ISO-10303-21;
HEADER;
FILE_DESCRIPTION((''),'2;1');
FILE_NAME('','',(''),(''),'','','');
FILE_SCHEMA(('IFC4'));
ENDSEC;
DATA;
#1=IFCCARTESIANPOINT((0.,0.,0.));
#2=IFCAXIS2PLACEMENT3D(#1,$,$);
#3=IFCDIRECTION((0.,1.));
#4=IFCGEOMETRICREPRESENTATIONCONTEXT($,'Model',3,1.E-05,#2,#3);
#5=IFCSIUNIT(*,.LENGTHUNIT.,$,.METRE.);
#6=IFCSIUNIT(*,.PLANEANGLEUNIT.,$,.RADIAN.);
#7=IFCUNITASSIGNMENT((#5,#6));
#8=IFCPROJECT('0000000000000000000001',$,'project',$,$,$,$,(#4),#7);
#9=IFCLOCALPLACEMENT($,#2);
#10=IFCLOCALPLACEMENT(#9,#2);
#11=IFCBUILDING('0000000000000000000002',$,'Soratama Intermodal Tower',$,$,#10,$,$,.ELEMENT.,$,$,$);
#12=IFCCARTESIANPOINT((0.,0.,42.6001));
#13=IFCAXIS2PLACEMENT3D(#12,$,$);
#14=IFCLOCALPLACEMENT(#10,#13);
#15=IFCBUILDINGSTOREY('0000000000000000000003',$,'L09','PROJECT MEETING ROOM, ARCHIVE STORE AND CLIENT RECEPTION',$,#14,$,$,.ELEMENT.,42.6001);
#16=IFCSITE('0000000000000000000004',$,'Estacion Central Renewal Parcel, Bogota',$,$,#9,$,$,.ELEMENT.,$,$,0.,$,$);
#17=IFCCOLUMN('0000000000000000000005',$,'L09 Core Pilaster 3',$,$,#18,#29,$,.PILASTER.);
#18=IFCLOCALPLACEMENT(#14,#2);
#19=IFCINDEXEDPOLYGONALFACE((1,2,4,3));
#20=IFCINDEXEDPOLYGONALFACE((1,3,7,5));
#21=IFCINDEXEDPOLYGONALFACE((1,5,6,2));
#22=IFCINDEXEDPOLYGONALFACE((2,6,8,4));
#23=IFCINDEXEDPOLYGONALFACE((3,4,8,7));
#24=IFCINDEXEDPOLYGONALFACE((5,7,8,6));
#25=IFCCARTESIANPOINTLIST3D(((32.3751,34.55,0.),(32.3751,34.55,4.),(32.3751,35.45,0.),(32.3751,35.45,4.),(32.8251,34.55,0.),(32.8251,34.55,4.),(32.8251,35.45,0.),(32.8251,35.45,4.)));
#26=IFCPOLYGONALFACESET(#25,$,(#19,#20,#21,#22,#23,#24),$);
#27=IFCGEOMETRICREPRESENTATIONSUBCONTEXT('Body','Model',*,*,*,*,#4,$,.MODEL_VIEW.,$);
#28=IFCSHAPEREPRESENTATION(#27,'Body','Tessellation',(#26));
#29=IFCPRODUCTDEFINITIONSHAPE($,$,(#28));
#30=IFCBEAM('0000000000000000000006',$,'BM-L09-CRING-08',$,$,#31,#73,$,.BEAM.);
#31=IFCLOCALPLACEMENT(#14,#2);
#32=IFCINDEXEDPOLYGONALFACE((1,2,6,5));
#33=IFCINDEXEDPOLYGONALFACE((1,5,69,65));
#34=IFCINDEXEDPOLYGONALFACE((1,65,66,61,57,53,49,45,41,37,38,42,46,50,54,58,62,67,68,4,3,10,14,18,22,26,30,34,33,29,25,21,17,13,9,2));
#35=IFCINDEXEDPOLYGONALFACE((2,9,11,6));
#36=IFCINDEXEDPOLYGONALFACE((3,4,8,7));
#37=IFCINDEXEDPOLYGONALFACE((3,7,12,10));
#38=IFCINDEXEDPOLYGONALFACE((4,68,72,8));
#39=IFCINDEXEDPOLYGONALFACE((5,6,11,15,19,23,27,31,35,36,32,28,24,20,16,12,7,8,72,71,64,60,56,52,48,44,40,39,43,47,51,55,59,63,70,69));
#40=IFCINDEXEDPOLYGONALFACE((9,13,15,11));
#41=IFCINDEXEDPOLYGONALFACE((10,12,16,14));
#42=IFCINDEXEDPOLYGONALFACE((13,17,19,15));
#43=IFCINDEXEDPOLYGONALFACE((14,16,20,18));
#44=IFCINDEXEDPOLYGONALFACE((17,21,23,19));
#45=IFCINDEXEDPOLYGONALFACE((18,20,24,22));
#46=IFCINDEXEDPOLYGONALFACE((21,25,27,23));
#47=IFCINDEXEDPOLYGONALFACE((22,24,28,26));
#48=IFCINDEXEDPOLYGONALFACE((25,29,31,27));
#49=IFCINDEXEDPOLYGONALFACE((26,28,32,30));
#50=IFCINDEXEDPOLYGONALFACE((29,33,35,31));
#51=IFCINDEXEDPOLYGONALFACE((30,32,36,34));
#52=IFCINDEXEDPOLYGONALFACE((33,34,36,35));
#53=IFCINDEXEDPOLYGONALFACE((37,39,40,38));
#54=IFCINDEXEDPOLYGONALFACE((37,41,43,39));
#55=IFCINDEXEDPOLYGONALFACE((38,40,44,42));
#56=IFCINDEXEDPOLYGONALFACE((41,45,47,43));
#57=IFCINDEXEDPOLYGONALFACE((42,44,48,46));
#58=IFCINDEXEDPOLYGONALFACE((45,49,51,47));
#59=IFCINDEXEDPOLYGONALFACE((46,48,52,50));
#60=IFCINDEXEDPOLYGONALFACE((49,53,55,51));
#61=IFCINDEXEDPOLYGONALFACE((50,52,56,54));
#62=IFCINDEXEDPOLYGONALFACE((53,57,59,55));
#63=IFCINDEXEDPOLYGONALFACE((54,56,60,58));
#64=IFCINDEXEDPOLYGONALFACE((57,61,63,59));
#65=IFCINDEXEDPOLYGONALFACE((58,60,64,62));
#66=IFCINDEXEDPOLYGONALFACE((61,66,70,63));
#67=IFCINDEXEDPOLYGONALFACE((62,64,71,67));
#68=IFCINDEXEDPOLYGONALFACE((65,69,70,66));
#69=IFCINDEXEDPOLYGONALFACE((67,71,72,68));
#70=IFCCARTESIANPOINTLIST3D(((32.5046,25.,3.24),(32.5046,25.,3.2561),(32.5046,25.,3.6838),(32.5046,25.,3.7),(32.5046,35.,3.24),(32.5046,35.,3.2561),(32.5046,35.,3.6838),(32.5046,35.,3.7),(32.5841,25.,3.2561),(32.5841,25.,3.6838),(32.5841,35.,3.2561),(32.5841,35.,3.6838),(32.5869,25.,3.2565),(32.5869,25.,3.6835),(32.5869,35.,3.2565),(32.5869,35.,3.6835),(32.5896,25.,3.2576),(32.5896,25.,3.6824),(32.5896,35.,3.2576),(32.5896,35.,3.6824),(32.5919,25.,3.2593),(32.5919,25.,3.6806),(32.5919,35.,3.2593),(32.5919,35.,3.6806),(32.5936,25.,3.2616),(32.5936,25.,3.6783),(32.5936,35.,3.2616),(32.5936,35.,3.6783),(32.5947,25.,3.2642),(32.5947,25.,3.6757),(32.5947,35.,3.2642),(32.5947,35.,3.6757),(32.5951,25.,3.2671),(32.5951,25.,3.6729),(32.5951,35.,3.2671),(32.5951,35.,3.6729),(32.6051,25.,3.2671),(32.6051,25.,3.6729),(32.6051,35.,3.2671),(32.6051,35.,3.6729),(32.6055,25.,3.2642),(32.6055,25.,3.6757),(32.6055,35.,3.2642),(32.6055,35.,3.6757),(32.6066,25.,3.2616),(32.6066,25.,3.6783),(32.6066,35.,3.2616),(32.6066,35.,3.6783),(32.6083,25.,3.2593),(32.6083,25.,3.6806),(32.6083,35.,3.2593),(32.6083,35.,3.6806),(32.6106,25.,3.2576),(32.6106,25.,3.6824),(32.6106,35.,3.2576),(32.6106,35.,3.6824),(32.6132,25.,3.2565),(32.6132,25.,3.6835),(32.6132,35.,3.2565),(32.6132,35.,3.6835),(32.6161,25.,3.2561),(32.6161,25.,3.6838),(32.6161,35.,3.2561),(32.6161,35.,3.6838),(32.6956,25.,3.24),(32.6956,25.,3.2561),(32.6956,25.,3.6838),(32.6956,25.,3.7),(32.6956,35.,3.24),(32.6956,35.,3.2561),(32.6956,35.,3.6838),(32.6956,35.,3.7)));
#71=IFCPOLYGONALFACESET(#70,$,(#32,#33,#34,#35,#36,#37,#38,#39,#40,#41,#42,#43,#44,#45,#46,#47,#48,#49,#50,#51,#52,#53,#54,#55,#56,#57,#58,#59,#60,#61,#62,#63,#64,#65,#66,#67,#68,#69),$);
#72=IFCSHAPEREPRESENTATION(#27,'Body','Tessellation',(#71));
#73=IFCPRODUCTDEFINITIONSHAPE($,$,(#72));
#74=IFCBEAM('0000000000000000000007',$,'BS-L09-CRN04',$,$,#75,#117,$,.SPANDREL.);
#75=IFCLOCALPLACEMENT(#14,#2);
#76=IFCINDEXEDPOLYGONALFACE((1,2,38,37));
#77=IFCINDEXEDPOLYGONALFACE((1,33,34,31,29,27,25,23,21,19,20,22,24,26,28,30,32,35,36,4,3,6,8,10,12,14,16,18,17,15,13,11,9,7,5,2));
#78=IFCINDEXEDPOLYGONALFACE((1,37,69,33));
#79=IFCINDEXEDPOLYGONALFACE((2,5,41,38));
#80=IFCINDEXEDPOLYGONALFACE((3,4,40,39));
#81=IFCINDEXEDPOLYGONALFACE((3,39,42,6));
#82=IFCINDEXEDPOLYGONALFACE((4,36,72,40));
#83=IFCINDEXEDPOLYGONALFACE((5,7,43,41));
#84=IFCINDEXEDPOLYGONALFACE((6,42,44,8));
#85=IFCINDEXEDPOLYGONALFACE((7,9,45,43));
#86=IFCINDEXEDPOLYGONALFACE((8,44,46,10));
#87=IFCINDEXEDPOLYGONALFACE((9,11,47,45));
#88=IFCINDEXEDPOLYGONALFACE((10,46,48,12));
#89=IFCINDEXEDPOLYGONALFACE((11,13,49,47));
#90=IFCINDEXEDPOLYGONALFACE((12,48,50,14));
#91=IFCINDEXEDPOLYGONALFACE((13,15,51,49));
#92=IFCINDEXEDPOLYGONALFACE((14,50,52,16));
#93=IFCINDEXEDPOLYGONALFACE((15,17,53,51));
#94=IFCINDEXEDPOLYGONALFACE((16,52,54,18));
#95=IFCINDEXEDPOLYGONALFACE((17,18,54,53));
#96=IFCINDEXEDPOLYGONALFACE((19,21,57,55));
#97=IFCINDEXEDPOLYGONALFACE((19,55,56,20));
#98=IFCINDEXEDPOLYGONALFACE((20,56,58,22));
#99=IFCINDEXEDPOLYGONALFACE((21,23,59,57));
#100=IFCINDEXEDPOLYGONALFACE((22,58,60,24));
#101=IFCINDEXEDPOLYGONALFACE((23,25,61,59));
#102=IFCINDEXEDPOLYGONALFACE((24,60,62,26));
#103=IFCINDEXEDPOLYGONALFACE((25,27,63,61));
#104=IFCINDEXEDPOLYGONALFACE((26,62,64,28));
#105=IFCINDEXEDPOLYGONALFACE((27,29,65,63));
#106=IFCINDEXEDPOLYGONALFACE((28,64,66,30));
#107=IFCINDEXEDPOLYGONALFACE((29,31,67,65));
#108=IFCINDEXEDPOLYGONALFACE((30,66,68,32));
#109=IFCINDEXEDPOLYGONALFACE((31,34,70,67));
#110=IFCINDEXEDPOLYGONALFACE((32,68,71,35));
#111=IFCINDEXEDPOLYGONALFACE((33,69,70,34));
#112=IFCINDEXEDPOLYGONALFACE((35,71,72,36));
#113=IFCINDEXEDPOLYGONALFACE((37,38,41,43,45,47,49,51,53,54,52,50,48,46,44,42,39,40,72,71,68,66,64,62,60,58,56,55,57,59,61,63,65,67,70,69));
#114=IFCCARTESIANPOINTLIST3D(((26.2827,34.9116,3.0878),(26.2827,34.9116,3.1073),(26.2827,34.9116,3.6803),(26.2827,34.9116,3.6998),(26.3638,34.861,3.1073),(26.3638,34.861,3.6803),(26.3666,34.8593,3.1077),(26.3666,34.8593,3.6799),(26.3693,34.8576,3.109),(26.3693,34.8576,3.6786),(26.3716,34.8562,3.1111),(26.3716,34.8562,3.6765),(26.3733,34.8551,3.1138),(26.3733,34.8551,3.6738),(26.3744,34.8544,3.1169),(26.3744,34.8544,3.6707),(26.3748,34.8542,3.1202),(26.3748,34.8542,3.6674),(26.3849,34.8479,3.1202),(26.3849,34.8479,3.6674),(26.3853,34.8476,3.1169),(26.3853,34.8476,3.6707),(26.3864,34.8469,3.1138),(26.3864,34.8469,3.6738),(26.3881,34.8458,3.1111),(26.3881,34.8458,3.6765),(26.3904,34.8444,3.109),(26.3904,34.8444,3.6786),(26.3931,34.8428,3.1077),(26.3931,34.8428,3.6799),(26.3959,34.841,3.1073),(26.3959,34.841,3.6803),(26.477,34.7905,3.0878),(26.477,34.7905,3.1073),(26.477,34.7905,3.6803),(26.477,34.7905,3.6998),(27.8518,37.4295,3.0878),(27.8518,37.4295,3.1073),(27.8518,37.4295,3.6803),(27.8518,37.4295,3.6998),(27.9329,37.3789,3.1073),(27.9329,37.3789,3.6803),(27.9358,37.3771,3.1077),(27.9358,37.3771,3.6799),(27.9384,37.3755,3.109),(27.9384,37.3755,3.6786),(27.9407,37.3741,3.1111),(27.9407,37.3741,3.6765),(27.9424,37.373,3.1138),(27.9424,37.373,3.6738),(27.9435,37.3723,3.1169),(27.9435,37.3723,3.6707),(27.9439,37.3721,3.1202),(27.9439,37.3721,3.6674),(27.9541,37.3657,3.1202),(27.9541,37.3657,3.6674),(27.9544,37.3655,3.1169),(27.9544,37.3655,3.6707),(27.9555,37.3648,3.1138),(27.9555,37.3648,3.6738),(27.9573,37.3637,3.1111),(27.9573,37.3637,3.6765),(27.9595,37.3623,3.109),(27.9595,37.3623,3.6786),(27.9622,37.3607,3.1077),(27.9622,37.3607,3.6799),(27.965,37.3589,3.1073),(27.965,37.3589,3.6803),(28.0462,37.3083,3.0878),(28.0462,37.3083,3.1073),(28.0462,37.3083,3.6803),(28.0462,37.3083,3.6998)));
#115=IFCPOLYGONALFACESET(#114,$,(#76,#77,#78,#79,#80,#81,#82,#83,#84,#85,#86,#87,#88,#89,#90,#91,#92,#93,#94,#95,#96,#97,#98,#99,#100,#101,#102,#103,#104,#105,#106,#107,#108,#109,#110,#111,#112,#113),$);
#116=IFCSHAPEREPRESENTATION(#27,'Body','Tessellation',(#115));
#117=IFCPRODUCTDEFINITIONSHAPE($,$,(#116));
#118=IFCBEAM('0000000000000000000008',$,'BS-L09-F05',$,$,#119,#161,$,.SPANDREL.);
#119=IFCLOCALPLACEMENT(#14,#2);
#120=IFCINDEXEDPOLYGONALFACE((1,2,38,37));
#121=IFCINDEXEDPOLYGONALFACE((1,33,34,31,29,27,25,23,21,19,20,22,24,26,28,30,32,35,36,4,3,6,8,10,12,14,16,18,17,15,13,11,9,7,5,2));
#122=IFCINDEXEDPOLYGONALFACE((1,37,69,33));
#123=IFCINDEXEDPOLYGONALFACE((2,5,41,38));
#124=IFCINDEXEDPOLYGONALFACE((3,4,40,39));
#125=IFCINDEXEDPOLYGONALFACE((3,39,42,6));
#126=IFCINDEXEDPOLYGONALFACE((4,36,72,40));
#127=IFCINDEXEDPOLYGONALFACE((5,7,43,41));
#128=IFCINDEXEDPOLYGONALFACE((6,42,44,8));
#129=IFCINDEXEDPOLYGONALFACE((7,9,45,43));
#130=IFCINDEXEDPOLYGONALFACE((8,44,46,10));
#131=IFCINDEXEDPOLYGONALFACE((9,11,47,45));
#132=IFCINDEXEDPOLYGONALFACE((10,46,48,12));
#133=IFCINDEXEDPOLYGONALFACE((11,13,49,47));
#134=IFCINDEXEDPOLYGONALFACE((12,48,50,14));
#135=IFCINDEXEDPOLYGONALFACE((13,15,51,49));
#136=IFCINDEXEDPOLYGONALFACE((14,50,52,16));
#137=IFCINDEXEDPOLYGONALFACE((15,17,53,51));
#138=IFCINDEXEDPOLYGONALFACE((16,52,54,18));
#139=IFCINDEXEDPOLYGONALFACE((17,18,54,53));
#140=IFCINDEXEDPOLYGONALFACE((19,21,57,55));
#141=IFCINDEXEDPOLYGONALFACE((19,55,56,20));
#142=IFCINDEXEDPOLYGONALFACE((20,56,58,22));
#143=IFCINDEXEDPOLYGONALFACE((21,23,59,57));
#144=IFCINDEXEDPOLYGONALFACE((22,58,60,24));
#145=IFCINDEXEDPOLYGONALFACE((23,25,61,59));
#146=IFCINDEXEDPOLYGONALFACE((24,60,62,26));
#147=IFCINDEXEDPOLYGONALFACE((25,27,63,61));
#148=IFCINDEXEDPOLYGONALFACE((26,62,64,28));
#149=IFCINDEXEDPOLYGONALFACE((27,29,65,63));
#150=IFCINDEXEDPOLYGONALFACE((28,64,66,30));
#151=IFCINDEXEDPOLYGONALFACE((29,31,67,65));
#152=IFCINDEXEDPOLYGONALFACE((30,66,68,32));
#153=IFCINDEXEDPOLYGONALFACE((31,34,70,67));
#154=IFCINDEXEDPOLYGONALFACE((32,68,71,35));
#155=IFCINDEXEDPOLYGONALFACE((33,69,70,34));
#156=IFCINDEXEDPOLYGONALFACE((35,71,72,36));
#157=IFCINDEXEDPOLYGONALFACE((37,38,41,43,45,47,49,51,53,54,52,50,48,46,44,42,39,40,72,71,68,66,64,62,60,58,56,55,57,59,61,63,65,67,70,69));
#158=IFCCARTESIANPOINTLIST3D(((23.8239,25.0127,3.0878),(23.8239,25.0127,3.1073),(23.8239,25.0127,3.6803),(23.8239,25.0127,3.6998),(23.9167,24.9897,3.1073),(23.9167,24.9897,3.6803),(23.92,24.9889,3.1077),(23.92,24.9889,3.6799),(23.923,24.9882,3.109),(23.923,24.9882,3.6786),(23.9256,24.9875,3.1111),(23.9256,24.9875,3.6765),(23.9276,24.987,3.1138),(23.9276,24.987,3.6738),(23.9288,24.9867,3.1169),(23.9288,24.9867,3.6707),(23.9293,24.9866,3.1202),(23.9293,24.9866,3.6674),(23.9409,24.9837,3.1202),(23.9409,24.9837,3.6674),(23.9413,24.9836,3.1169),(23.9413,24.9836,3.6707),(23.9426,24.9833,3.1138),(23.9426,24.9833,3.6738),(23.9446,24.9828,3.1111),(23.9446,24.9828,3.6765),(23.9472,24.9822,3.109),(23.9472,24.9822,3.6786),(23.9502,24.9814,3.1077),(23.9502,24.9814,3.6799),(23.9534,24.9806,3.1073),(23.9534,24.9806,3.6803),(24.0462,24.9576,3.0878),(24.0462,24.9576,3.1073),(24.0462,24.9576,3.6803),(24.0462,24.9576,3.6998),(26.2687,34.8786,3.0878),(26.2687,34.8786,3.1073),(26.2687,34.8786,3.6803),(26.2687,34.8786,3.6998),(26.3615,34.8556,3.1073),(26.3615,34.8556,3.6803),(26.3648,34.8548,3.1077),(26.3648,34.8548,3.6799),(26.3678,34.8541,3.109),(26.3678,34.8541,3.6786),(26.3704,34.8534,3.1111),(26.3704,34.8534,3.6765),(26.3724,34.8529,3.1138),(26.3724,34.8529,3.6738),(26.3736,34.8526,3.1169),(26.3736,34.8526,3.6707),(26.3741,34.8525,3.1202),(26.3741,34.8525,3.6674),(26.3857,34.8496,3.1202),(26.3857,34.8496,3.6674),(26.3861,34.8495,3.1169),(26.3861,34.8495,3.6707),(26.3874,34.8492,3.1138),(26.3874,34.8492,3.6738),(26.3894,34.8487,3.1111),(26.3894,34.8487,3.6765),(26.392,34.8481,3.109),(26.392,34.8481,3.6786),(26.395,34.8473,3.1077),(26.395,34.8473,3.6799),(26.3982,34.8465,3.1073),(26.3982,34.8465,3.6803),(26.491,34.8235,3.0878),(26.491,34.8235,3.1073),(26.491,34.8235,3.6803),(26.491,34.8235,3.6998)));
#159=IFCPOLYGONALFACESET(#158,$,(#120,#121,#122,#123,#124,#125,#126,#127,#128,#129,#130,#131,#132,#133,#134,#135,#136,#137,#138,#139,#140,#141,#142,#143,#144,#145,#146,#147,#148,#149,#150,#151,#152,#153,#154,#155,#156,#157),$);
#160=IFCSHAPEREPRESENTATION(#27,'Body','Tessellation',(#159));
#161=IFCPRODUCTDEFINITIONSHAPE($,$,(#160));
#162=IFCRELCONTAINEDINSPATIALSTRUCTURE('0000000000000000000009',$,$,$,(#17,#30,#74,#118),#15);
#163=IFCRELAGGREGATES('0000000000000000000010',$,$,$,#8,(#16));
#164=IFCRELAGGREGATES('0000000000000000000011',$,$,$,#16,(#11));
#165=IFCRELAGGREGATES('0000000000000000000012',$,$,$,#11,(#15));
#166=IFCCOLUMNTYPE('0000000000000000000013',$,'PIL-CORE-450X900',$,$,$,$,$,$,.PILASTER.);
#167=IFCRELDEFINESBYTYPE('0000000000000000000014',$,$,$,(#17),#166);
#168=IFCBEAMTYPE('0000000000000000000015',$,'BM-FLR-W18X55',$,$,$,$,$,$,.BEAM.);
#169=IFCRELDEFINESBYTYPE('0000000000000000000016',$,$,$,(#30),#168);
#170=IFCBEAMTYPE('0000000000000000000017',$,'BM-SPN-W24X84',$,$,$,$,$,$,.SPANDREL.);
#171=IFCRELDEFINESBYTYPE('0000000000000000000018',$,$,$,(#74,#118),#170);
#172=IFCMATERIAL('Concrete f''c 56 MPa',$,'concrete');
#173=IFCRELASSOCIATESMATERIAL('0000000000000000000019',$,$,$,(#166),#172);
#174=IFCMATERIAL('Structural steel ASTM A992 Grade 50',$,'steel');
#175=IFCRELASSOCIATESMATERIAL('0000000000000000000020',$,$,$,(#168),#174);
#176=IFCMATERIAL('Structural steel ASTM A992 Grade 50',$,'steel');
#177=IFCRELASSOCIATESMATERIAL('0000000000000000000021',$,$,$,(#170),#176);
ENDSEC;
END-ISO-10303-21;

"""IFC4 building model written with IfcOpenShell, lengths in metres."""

from ifc_helpers import new_model, si_unit, direction, frame, origin, origin_2d, place, context, subcontext, project, spatial, rectangle, i_section, extrude, material, material_profile, profile_set, type_object, element, save


model = new_model("IFC4")

# Units and contexts
model_context = context("Model", 3, precision=1e-05, world=origin(), true_north=direction((0.0, 1.0)))
body_context = subcontext(model_context, "Body", "Model", "MODEL_VIEW")
ifc_project = project(units=[si_unit("LENGTHUNIT", "METRE"), si_unit("PLANEANGLEUNIT", "RADIAN")], contexts=[model_context])

# Site, building, storey
site_placement = place(None, origin())
site = spatial("IfcSite", under=ifc_project, at=site_placement, Name="Estacion Central Renewal Parcel, Bogota", CompositionType="ELEMENT", RefElevation=0.0)
building_placement = place(site_placement, origin())
building = spatial("IfcBuilding", under=site, at=building_placement, Name="Soratama Intermodal Tower", CompositionType="ELEMENT")
storey_placement = place(building_placement, frame((0.0, 0.0, 42.6001)))
storey = spatial("IfcBuildingStorey", under=building, at=storey_placement, Name="L09", Description="PROJECT MEETING ROOM, ARCHIVE STORE AND CLIENT RECEPTION", CompositionType="ELEMENT", Elevation=42.6001)

# Column
ifc_material_1 = material(Name="Concrete f'c 56 MPa", Category="concrete")
ifc_material_profile_1 = material_profile(ifc_material_1, rectangle(XDim=0.45, YDim=0.8999, at=origin_2d()), Name="RC450X900")
ifc_profile_set_1 = profile_set([ifc_material_profile_1], Name="Concrete f'c 56 MPa")
column_type = type_object("IfcColumnType", Name="PIL-CORE-450X900", PredefinedType="PILASTER", material=ifc_profile_set_1)
column_placement = place(storey_placement, frame((32.6001, 35.0, 0.0), z_axis=(0.0, 0.0, 1.0), x_axis=(1.0, 0.0, 0.0)))
element("IfcColumn", 1, at=column_placement, inside=storey, type_object=column_type, Name="L09 Core Pilaster 3", PredefinedType="PILASTER", context=body_context, shape_type="SweptSolid", body=[
    extrude(rectangle(XDim=0.45, YDim=0.8999, at=origin_2d()), origin(), (0.0, 0.0, 1.0), 4.0),
])

# Beams
ifc_material_2 = material(Name="Structural steel ASTM A992 Grade 50", Category="steel")
ifc_material_profile_2 = material_profile(ifc_material_2, i_section(OverallWidth=0.1909, OverallDepth=0.46, WebThickness=0.01, FlangeThickness=0.0161, FilletRadius=0.011, at=origin_2d()), Name="W18X55")
ifc_profile_set_2 = profile_set([ifc_material_profile_2], Name="Structural steel ASTM A992 Grade 50")
beam_type_1 = type_object("IfcBeamType", Name="BM-FLR-W18X55", PredefinedType="BEAM", material=ifc_profile_set_2)
beam_1_placement = place(storey_placement, frame((32.6001, 35.0, 3.47), z_axis=(0.0, -1.0, 0.0), x_axis=(1.0, 0.0, 0.0)))
element("IfcBeam", 2, at=beam_1_placement, inside=storey, type_object=beam_type_1, Name="BM-L09-CRING-08", PredefinedType="BEAM", context=body_context, shape_type="SweptSolid", body=[
    extrude(i_section(OverallWidth=0.1909, OverallDepth=0.46, WebThickness=0.01, FlangeThickness=0.0161, FilletRadius=0.011, at=origin_2d()), origin(), (0.0, 0.0, 1.0), 10.0),
])
ifc_material_3 = material(Name="Structural steel ASTM A992 Grade 50", Category="steel")
ifc_material_profile_3 = material_profile(ifc_material_3, i_section(OverallWidth=0.229, OverallDepth=0.6121, WebThickness=0.012, FlangeThickness=0.0195, FilletRadius=0.0129, at=origin_2d()), Name="W24X84")
ifc_profile_set_3 = profile_set([ifc_material_profile_3], Name="Structural steel ASTM A992 Grade 50")
beam_type_2 = type_object("IfcBeamType", Name="BM-SPN-W24X84", PredefinedType="SPANDREL", material=ifc_profile_set_3)
beam_2_placement = place(storey_placement, frame((27.949, 37.3689, 3.3938), z_axis=(-0.528896, -0.848686, 0.0), x_axis=(0.848686, -0.528896, 0.0)))
element("IfcBeam", 3, at=beam_2_placement, inside=storey, type_object=beam_type_2, Name="BS-L09-CRN04", PredefinedType="SPANDREL", context=body_context, shape_type="SweptSolid", body=[
    extrude(i_section(OverallWidth=0.229, OverallDepth=0.6121, WebThickness=0.012, FlangeThickness=0.0195, FilletRadius=0.0129, at=origin_2d()), origin(), (0.0, 0.0, 1.0), 2.9668),
])
beam_3_placement = place(storey_placement, frame((26.3799, 34.8511, 3.3938), z_axis=(-0.240529, -0.970642, 0.0), x_axis=(0.970642, -0.240529, 0.0)))
element("IfcBeam", 4, at=beam_3_placement, inside=storey, type_object=beam_type_2, Name="BS-L09-F05", PredefinedType="SPANDREL", context=body_context, shape_type="SweptSolid", body=[
    extrude(i_section(OverallWidth=0.229, OverallDepth=0.6121, WebThickness=0.012, FlangeThickness=0.0195, FilletRadius=0.0129, at=origin_2d()), origin(), (0.0, 0.0, 1.0), 10.1643),
])

save(model, "model.ifc")
